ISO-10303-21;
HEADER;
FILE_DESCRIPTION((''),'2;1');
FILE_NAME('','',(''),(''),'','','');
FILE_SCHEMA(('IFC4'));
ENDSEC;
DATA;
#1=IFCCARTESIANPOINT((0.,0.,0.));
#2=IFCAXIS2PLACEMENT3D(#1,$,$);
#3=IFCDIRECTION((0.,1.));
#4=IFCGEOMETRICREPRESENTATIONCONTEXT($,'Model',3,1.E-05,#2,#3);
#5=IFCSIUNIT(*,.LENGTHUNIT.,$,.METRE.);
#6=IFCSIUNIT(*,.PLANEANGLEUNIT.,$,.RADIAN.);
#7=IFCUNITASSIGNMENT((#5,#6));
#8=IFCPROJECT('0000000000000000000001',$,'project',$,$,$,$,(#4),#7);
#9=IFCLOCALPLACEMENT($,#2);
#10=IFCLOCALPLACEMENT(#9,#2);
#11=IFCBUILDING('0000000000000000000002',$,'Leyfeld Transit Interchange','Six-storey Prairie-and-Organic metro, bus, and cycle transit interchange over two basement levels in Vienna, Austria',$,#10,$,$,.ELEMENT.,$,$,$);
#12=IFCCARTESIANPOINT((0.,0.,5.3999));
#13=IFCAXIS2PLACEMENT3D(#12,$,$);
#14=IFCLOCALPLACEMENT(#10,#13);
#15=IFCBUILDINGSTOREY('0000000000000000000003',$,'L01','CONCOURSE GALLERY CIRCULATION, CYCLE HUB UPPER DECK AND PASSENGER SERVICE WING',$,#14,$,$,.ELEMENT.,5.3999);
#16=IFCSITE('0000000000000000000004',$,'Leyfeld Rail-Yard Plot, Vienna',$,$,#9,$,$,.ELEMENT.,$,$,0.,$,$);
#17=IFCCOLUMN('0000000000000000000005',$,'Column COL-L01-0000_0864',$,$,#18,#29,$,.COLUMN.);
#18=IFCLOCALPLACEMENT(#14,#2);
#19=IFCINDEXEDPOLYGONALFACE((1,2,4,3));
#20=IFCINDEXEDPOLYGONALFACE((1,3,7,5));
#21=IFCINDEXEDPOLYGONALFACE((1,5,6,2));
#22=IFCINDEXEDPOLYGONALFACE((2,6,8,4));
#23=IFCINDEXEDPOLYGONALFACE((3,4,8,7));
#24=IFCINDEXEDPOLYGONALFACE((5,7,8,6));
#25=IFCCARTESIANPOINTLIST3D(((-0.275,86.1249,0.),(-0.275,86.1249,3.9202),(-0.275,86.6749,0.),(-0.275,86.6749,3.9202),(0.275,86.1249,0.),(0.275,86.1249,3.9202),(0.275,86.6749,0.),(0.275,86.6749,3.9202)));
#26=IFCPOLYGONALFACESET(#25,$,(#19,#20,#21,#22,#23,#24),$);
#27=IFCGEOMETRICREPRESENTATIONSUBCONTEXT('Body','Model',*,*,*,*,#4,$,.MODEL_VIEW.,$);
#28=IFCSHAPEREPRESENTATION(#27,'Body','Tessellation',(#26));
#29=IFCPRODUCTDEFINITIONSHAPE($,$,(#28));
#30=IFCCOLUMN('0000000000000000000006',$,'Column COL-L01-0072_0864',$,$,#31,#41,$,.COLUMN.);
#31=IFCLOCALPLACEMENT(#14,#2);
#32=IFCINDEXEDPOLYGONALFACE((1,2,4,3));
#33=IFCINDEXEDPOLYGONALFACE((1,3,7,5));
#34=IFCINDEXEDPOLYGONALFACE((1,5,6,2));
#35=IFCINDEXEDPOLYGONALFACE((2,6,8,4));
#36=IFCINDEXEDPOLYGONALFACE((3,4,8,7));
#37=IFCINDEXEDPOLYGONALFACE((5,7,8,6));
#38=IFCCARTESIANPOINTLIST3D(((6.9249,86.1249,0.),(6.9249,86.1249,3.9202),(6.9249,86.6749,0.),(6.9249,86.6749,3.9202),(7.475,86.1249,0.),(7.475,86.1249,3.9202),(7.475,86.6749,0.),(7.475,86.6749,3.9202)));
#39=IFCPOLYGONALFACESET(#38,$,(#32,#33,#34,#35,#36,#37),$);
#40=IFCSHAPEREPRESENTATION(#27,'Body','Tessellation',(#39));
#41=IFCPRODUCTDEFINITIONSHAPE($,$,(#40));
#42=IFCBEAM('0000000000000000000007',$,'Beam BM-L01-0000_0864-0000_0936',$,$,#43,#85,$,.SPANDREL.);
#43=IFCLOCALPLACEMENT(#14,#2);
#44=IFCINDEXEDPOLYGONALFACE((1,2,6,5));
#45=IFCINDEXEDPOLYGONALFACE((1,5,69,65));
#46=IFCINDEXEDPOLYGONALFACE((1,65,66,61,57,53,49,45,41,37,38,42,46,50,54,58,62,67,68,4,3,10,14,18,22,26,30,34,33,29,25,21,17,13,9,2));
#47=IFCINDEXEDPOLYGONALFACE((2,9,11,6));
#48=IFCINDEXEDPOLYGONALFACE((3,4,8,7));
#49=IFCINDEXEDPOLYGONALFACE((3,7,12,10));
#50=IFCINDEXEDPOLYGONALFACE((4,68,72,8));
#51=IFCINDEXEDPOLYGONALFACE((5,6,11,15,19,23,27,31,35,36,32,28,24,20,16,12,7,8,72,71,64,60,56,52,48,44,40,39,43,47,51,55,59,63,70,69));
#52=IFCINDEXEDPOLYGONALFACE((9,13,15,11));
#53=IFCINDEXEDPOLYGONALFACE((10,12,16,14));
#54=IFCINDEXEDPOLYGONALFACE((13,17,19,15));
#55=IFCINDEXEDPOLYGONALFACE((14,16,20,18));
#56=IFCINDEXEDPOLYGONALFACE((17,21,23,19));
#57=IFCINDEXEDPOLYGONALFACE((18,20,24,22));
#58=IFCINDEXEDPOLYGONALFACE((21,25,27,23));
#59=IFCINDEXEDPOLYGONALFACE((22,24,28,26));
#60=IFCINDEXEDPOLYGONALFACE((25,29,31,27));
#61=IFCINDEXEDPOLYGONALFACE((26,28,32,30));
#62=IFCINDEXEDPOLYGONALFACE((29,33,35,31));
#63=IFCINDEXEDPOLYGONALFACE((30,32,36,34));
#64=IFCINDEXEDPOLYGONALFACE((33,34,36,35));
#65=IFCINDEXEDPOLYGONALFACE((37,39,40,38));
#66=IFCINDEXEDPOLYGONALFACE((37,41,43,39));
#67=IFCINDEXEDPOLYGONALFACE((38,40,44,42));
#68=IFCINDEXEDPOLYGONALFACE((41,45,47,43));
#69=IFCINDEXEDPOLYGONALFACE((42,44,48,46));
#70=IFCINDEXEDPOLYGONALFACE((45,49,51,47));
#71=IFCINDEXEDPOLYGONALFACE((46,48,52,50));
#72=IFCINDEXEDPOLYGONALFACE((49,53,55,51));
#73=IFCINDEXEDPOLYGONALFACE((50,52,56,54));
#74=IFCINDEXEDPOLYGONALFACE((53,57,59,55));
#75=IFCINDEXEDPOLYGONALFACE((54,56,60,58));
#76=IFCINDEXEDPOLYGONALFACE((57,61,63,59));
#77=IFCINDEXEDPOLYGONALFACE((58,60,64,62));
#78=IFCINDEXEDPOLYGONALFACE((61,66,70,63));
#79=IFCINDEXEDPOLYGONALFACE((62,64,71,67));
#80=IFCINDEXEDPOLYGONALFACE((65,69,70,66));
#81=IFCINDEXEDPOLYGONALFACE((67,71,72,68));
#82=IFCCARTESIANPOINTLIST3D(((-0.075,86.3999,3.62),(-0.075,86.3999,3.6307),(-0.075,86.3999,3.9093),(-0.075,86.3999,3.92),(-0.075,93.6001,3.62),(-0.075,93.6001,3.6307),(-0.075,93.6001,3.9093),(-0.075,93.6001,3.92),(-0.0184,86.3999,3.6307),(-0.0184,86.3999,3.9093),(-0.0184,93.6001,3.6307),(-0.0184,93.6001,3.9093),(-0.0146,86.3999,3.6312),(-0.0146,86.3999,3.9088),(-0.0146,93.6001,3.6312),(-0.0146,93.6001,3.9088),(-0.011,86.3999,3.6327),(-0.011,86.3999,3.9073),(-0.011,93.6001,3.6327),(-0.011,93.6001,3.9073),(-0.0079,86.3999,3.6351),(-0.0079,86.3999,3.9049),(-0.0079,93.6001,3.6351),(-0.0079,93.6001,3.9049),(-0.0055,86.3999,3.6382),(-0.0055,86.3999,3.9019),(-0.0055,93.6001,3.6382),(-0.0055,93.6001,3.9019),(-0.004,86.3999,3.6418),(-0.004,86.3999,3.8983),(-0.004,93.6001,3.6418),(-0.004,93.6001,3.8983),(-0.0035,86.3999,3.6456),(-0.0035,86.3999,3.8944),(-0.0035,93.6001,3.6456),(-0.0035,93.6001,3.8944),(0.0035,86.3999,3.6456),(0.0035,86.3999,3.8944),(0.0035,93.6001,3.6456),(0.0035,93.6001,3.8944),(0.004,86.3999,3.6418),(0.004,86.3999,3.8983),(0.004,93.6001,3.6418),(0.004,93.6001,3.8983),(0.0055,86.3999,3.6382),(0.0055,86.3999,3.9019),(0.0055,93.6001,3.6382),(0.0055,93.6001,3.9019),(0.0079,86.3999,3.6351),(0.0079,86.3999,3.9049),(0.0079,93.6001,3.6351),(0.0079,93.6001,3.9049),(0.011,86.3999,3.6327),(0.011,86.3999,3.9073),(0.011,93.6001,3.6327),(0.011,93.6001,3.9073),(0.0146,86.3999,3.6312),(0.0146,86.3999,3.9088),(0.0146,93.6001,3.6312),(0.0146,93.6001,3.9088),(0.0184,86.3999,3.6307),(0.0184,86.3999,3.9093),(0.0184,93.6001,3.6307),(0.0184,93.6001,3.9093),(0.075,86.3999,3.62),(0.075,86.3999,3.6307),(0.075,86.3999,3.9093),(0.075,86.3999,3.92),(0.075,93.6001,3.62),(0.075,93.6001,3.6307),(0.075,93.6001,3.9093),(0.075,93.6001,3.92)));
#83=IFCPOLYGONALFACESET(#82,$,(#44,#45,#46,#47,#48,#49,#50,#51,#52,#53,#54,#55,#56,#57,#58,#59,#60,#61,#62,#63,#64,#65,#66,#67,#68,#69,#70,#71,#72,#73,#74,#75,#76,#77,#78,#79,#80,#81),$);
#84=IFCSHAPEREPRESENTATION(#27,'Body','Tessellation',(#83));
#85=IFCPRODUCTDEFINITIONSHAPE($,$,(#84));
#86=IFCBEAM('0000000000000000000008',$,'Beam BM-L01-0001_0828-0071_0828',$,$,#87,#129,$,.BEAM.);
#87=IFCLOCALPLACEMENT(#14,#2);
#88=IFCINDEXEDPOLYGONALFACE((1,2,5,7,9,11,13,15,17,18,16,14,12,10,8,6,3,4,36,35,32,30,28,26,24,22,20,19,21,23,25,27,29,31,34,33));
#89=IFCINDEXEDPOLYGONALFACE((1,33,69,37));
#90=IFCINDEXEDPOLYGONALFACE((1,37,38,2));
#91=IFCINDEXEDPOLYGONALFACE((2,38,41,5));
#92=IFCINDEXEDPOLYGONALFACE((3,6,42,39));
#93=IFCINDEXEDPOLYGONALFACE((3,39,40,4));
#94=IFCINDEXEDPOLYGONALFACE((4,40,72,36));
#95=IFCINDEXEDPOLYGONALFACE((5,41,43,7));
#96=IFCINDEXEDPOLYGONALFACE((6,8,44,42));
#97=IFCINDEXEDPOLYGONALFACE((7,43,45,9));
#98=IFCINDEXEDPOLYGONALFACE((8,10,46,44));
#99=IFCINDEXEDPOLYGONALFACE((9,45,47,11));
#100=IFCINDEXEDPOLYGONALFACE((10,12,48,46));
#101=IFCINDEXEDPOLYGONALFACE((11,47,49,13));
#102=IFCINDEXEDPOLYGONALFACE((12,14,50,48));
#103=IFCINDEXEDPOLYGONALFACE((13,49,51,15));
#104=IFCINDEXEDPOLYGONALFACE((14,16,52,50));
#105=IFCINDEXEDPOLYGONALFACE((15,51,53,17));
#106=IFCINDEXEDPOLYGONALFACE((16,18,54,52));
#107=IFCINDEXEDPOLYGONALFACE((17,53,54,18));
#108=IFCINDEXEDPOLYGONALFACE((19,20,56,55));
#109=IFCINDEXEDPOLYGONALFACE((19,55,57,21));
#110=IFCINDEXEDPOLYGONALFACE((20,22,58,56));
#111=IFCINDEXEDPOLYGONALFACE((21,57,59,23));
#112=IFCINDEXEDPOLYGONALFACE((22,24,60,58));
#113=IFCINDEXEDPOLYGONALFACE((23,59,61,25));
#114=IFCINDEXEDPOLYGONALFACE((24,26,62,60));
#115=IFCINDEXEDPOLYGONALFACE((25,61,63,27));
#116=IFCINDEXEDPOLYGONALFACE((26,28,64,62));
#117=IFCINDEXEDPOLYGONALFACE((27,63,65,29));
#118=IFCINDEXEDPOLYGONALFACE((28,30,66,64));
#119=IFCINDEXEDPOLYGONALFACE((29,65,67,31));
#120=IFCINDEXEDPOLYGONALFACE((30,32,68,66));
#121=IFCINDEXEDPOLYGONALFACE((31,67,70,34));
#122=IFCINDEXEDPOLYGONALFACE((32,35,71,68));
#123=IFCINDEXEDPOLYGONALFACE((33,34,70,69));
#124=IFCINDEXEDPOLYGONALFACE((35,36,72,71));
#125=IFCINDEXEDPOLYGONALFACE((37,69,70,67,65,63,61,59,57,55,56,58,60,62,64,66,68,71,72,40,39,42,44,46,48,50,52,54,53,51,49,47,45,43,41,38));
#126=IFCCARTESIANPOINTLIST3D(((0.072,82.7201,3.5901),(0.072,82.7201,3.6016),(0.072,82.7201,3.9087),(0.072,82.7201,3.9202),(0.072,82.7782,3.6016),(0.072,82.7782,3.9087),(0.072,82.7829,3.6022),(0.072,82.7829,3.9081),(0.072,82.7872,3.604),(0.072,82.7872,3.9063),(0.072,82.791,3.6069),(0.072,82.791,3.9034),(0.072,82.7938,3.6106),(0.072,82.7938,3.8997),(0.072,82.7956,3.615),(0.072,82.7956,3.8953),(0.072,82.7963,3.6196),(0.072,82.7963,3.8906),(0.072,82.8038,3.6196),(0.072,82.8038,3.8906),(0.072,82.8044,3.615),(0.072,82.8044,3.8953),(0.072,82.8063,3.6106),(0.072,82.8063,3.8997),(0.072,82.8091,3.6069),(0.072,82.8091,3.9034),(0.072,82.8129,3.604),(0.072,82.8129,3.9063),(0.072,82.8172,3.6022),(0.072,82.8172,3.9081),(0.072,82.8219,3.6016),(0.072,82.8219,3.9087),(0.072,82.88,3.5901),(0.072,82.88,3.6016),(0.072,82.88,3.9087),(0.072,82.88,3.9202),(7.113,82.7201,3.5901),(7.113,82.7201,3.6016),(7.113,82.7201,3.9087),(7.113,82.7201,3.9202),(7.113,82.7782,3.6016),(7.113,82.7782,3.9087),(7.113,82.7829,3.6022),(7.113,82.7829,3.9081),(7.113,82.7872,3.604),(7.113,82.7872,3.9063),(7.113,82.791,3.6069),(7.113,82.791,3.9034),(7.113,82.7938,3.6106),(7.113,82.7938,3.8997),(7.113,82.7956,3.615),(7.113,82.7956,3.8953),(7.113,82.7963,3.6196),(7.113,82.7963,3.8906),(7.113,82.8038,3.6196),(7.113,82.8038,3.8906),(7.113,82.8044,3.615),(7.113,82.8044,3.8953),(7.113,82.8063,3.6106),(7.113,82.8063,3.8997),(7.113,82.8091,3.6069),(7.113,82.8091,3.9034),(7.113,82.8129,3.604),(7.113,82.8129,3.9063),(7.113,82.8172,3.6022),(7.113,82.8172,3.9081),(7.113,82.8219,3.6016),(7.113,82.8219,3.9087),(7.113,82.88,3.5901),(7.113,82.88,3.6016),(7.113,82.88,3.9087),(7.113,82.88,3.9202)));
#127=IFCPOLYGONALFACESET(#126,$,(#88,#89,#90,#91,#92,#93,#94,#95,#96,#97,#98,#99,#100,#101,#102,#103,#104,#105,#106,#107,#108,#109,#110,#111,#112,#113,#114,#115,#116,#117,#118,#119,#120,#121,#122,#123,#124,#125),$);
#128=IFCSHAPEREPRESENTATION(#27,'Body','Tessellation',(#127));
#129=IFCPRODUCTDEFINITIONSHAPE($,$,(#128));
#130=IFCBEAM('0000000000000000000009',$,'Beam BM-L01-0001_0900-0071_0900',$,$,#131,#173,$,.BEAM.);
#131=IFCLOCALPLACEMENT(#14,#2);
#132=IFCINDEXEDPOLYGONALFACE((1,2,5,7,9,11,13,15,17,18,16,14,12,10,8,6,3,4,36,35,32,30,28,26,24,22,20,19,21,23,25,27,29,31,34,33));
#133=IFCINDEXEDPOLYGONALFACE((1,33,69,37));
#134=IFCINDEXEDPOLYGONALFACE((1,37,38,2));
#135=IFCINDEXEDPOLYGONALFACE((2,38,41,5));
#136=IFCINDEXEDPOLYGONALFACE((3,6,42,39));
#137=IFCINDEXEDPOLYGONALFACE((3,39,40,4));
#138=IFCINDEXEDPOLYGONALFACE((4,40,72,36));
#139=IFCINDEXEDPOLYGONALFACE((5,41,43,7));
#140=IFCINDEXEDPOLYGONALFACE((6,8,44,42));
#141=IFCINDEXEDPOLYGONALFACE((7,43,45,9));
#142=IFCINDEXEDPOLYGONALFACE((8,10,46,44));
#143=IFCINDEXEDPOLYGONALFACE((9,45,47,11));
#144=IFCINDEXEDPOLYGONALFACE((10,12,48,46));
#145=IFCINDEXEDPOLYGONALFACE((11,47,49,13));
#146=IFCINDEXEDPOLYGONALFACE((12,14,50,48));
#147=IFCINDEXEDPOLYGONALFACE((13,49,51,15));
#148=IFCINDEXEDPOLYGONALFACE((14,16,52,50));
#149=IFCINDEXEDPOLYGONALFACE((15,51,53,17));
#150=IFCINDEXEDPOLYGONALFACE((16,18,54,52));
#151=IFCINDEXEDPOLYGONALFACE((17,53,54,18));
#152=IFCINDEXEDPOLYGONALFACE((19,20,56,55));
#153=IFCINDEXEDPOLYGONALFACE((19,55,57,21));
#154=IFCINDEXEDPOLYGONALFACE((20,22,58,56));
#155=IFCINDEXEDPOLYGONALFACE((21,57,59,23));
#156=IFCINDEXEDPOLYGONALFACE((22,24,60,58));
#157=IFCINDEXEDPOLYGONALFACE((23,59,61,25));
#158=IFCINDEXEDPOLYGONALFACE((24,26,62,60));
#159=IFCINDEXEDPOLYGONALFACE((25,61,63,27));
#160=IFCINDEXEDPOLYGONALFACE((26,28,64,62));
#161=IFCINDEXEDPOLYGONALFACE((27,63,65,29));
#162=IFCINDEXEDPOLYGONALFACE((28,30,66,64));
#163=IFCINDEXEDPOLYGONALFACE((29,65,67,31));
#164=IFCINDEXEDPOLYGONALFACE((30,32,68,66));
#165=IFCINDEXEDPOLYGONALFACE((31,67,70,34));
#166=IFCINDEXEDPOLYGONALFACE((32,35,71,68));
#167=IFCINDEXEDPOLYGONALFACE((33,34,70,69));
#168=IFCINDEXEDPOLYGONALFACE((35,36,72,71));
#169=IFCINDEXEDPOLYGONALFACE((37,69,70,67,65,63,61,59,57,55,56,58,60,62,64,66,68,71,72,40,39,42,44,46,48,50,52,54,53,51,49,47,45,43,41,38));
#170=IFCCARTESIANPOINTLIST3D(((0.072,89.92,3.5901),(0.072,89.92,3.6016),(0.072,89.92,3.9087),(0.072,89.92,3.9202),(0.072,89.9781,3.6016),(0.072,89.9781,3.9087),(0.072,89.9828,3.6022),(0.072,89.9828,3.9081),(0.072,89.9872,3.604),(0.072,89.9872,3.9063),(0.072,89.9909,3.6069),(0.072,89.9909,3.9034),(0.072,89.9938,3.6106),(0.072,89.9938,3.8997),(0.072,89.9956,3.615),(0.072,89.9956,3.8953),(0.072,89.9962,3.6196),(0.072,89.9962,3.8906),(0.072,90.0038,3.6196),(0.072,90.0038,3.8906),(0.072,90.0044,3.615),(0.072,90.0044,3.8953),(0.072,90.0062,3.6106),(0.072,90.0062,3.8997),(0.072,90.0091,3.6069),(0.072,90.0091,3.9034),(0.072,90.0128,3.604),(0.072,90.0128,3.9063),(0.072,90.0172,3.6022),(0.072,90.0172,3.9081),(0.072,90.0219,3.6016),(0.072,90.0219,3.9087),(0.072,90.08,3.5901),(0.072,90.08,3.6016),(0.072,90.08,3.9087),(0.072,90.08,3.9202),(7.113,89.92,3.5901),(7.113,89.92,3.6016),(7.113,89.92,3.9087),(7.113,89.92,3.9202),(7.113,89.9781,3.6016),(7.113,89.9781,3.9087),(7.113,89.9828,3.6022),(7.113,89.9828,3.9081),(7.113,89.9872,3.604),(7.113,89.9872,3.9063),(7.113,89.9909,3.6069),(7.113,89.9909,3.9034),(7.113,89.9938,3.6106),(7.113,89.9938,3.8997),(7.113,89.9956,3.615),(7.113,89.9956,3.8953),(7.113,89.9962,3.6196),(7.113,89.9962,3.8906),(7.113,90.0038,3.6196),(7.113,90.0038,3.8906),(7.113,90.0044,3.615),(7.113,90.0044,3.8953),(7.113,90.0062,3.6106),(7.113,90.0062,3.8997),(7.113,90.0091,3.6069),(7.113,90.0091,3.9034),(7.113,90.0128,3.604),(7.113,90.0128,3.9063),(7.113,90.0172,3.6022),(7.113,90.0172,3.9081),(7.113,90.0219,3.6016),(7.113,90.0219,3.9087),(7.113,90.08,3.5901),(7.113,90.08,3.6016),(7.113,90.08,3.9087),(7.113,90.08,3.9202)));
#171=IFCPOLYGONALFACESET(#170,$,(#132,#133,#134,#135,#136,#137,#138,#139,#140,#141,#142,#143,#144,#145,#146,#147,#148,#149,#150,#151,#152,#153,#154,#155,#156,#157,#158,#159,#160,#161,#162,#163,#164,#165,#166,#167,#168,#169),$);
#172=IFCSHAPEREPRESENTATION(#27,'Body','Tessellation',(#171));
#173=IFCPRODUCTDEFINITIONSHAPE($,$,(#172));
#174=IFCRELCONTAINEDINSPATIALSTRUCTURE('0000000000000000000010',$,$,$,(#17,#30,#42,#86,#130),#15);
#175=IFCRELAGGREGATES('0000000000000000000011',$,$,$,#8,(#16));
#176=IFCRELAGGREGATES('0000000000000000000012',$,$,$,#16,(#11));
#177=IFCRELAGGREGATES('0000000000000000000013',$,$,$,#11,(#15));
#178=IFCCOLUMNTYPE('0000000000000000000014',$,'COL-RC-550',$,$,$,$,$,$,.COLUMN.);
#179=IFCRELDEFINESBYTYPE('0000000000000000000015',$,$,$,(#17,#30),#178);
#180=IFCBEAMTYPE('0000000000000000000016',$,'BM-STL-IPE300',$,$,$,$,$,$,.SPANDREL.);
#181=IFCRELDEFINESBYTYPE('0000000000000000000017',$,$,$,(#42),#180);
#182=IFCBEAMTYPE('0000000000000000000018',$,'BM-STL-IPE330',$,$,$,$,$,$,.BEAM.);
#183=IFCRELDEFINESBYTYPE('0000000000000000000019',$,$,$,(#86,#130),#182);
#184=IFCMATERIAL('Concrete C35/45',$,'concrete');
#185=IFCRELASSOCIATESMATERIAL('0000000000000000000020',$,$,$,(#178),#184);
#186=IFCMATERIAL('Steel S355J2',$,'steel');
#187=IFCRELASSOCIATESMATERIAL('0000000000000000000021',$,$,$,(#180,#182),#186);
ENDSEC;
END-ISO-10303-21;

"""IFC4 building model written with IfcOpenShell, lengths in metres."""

from ifc_helpers import new_model, si_unit, direction, frame, origin, origin_2d, place, context, subcontext, project, spatial, rectangle, i_section, extrude, material, material_profile, profile_set, type_object, element, save


model = new_model("IFC4")

# Units and contexts
model_context = context("Model", 3, precision=1e-05, world=origin(), true_north=direction((0.0, 1.0)))
body_context = subcontext(model_context, "Body", "Model", "MODEL_VIEW")
ifc_project = project(units=[si_unit("LENGTHUNIT", "METRE"), si_unit("PLANEANGLEUNIT", "RADIAN")], contexts=[model_context])

# Site, building, storey
site_placement = place(None, origin())
site = spatial("IfcSite", under=ifc_project, at=site_placement, Name="Leyfeld Rail-Yard Plot, Vienna", CompositionType="ELEMENT", RefElevation=0.0)
building_placement = place(site_placement, origin())
building = spatial("IfcBuilding", under=site, at=building_placement, Name="Leyfeld Transit Interchange", Description="Six-storey Prairie-and-Organic metro, bus, and cycle transit interchange over two basement levels in Vienna, Austria", CompositionType="ELEMENT")
storey_placement = place(building_placement, frame((0.0, 0.0, 5.3999)))
storey = spatial("IfcBuildingStorey", under=building, at=storey_placement, Name="L01", Description="CONCOURSE GALLERY CIRCULATION, CYCLE HUB UPPER DECK AND PASSENGER SERVICE WING", CompositionType="ELEMENT", Elevation=5.3999)

# Columns
ifc_material_1 = material(Name="Concrete C35/45", Category="concrete")
ifc_material_profile_1 = material_profile(ifc_material_1, rectangle(XDim=0.55, YDim=0.55, at=origin_2d()), Name="RC 550x550")
ifc_profile_set_1 = profile_set([ifc_material_profile_1], Name="Concrete C35/45")
column_type = type_object("IfcColumnType", Name="COL-RC-550", PredefinedType="COLUMN", material=ifc_profile_set_1)
for number, where, z_axis, x_axis, name in (
    (1, (0.0, 86.3999, 0.0), (0.0, 0.0, 1.0), (0.0, 1.0, 0.0), "Column COL-L01-0000_0864"),
    (2, (7.2, 86.3999, 0.0), (0.0, 0.0, 1.0), (1.0, 0.0, 0.0), "Column COL-L01-0072_0864"),
):
    element("IfcColumn", number, at=place(storey_placement, frame(where, z_axis=z_axis, x_axis=x_axis)), inside=storey, type_object=column_type, Name=name, PredefinedType="COLUMN", context=body_context, shape_type="SweptSolid", body=[
        extrude(rectangle(XDim=0.55, YDim=0.55, at=origin_2d()), origin(), (0.0, 0.0, 1.0), 3.9202),
    ])

# Beams
ifc_material_2 = material(Name="Steel S355J2", Category="steel")
ifc_material_profile_2 = material_profile(ifc_material_2, i_section(OverallWidth=0.1499, OverallDepth=0.3, WebThickness=0.0071, FlangeThickness=0.0107, FilletRadius=0.0149, at=origin_2d()), Name="IPE 300")
ifc_profile_set_2 = profile_set([ifc_material_profile_2], Name="Steel S355J2")
beam_type_1 = type_object("IfcBeamType", Name="BM-STL-IPE300", PredefinedType="SPANDREL", material=ifc_profile_set_2)
beam_1_placement = place(storey_placement, frame((0.0, 86.3999, 3.77), z_axis=(0.0, 1.0, 0.0), x_axis=(-1.0, 0.0, 0.0)))
element("IfcBeam", 3, at=beam_1_placement, inside=storey, type_object=beam_type_1, Name="Beam BM-L01-0000_0864-0000_0936", PredefinedType="SPANDREL", context=body_context, shape_type="SweptSolid", body=[
    extrude(i_section(OverallWidth=0.1499, OverallDepth=0.3, WebThickness=0.0071, FlangeThickness=0.0107, FilletRadius=0.0149, at=origin_2d()), origin(), (0.0, 0.0, 1.0), 7.2002),
])
ifc_material_profile_3 = material_profile(ifc_material_2, i_section(OverallWidth=0.1599, OverallDepth=0.3301, WebThickness=0.0076, FlangeThickness=0.0115, FilletRadius=0.0181, at=origin_2d()), Name="IPE 330")
ifc_profile_set_3 = profile_set([ifc_material_profile_3], Name="Steel S355J2")
beam_type_2 = type_object("IfcBeamType", Name="BM-STL-IPE330", PredefinedType="BEAM", material=ifc_profile_set_3)
for number, where, z_axis, x_axis, name in (
    (4, (0.072, 82.8, 3.7551), (1.0, 0.0, 0.0), (0.0, 1.0, 0.0), "Beam BM-L01-0001_0828-0071_0828"),
    (5, (0.072, 90.0, 3.7551), (1.0, 0.0, 0.0), (0.0, 1.0, 0.0), "Beam BM-L01-0001_0900-0071_0900"),
):
    element("IfcBeam", number, at=place(storey_placement, frame(where, z_axis=z_axis, x_axis=x_axis)), inside=storey, type_object=beam_type_2, Name=name, PredefinedType="BEAM", context=body_context, shape_type="SweptSolid", body=[
        extrude(i_section(OverallWidth=0.1599, OverallDepth=0.3301, WebThickness=0.0076, FlangeThickness=0.0115, FilletRadius=0.0181, at=origin_2d()), origin(), (0.0, 0.0, 1.0), 7.041),
    ])

save(model, "model.ifc")
